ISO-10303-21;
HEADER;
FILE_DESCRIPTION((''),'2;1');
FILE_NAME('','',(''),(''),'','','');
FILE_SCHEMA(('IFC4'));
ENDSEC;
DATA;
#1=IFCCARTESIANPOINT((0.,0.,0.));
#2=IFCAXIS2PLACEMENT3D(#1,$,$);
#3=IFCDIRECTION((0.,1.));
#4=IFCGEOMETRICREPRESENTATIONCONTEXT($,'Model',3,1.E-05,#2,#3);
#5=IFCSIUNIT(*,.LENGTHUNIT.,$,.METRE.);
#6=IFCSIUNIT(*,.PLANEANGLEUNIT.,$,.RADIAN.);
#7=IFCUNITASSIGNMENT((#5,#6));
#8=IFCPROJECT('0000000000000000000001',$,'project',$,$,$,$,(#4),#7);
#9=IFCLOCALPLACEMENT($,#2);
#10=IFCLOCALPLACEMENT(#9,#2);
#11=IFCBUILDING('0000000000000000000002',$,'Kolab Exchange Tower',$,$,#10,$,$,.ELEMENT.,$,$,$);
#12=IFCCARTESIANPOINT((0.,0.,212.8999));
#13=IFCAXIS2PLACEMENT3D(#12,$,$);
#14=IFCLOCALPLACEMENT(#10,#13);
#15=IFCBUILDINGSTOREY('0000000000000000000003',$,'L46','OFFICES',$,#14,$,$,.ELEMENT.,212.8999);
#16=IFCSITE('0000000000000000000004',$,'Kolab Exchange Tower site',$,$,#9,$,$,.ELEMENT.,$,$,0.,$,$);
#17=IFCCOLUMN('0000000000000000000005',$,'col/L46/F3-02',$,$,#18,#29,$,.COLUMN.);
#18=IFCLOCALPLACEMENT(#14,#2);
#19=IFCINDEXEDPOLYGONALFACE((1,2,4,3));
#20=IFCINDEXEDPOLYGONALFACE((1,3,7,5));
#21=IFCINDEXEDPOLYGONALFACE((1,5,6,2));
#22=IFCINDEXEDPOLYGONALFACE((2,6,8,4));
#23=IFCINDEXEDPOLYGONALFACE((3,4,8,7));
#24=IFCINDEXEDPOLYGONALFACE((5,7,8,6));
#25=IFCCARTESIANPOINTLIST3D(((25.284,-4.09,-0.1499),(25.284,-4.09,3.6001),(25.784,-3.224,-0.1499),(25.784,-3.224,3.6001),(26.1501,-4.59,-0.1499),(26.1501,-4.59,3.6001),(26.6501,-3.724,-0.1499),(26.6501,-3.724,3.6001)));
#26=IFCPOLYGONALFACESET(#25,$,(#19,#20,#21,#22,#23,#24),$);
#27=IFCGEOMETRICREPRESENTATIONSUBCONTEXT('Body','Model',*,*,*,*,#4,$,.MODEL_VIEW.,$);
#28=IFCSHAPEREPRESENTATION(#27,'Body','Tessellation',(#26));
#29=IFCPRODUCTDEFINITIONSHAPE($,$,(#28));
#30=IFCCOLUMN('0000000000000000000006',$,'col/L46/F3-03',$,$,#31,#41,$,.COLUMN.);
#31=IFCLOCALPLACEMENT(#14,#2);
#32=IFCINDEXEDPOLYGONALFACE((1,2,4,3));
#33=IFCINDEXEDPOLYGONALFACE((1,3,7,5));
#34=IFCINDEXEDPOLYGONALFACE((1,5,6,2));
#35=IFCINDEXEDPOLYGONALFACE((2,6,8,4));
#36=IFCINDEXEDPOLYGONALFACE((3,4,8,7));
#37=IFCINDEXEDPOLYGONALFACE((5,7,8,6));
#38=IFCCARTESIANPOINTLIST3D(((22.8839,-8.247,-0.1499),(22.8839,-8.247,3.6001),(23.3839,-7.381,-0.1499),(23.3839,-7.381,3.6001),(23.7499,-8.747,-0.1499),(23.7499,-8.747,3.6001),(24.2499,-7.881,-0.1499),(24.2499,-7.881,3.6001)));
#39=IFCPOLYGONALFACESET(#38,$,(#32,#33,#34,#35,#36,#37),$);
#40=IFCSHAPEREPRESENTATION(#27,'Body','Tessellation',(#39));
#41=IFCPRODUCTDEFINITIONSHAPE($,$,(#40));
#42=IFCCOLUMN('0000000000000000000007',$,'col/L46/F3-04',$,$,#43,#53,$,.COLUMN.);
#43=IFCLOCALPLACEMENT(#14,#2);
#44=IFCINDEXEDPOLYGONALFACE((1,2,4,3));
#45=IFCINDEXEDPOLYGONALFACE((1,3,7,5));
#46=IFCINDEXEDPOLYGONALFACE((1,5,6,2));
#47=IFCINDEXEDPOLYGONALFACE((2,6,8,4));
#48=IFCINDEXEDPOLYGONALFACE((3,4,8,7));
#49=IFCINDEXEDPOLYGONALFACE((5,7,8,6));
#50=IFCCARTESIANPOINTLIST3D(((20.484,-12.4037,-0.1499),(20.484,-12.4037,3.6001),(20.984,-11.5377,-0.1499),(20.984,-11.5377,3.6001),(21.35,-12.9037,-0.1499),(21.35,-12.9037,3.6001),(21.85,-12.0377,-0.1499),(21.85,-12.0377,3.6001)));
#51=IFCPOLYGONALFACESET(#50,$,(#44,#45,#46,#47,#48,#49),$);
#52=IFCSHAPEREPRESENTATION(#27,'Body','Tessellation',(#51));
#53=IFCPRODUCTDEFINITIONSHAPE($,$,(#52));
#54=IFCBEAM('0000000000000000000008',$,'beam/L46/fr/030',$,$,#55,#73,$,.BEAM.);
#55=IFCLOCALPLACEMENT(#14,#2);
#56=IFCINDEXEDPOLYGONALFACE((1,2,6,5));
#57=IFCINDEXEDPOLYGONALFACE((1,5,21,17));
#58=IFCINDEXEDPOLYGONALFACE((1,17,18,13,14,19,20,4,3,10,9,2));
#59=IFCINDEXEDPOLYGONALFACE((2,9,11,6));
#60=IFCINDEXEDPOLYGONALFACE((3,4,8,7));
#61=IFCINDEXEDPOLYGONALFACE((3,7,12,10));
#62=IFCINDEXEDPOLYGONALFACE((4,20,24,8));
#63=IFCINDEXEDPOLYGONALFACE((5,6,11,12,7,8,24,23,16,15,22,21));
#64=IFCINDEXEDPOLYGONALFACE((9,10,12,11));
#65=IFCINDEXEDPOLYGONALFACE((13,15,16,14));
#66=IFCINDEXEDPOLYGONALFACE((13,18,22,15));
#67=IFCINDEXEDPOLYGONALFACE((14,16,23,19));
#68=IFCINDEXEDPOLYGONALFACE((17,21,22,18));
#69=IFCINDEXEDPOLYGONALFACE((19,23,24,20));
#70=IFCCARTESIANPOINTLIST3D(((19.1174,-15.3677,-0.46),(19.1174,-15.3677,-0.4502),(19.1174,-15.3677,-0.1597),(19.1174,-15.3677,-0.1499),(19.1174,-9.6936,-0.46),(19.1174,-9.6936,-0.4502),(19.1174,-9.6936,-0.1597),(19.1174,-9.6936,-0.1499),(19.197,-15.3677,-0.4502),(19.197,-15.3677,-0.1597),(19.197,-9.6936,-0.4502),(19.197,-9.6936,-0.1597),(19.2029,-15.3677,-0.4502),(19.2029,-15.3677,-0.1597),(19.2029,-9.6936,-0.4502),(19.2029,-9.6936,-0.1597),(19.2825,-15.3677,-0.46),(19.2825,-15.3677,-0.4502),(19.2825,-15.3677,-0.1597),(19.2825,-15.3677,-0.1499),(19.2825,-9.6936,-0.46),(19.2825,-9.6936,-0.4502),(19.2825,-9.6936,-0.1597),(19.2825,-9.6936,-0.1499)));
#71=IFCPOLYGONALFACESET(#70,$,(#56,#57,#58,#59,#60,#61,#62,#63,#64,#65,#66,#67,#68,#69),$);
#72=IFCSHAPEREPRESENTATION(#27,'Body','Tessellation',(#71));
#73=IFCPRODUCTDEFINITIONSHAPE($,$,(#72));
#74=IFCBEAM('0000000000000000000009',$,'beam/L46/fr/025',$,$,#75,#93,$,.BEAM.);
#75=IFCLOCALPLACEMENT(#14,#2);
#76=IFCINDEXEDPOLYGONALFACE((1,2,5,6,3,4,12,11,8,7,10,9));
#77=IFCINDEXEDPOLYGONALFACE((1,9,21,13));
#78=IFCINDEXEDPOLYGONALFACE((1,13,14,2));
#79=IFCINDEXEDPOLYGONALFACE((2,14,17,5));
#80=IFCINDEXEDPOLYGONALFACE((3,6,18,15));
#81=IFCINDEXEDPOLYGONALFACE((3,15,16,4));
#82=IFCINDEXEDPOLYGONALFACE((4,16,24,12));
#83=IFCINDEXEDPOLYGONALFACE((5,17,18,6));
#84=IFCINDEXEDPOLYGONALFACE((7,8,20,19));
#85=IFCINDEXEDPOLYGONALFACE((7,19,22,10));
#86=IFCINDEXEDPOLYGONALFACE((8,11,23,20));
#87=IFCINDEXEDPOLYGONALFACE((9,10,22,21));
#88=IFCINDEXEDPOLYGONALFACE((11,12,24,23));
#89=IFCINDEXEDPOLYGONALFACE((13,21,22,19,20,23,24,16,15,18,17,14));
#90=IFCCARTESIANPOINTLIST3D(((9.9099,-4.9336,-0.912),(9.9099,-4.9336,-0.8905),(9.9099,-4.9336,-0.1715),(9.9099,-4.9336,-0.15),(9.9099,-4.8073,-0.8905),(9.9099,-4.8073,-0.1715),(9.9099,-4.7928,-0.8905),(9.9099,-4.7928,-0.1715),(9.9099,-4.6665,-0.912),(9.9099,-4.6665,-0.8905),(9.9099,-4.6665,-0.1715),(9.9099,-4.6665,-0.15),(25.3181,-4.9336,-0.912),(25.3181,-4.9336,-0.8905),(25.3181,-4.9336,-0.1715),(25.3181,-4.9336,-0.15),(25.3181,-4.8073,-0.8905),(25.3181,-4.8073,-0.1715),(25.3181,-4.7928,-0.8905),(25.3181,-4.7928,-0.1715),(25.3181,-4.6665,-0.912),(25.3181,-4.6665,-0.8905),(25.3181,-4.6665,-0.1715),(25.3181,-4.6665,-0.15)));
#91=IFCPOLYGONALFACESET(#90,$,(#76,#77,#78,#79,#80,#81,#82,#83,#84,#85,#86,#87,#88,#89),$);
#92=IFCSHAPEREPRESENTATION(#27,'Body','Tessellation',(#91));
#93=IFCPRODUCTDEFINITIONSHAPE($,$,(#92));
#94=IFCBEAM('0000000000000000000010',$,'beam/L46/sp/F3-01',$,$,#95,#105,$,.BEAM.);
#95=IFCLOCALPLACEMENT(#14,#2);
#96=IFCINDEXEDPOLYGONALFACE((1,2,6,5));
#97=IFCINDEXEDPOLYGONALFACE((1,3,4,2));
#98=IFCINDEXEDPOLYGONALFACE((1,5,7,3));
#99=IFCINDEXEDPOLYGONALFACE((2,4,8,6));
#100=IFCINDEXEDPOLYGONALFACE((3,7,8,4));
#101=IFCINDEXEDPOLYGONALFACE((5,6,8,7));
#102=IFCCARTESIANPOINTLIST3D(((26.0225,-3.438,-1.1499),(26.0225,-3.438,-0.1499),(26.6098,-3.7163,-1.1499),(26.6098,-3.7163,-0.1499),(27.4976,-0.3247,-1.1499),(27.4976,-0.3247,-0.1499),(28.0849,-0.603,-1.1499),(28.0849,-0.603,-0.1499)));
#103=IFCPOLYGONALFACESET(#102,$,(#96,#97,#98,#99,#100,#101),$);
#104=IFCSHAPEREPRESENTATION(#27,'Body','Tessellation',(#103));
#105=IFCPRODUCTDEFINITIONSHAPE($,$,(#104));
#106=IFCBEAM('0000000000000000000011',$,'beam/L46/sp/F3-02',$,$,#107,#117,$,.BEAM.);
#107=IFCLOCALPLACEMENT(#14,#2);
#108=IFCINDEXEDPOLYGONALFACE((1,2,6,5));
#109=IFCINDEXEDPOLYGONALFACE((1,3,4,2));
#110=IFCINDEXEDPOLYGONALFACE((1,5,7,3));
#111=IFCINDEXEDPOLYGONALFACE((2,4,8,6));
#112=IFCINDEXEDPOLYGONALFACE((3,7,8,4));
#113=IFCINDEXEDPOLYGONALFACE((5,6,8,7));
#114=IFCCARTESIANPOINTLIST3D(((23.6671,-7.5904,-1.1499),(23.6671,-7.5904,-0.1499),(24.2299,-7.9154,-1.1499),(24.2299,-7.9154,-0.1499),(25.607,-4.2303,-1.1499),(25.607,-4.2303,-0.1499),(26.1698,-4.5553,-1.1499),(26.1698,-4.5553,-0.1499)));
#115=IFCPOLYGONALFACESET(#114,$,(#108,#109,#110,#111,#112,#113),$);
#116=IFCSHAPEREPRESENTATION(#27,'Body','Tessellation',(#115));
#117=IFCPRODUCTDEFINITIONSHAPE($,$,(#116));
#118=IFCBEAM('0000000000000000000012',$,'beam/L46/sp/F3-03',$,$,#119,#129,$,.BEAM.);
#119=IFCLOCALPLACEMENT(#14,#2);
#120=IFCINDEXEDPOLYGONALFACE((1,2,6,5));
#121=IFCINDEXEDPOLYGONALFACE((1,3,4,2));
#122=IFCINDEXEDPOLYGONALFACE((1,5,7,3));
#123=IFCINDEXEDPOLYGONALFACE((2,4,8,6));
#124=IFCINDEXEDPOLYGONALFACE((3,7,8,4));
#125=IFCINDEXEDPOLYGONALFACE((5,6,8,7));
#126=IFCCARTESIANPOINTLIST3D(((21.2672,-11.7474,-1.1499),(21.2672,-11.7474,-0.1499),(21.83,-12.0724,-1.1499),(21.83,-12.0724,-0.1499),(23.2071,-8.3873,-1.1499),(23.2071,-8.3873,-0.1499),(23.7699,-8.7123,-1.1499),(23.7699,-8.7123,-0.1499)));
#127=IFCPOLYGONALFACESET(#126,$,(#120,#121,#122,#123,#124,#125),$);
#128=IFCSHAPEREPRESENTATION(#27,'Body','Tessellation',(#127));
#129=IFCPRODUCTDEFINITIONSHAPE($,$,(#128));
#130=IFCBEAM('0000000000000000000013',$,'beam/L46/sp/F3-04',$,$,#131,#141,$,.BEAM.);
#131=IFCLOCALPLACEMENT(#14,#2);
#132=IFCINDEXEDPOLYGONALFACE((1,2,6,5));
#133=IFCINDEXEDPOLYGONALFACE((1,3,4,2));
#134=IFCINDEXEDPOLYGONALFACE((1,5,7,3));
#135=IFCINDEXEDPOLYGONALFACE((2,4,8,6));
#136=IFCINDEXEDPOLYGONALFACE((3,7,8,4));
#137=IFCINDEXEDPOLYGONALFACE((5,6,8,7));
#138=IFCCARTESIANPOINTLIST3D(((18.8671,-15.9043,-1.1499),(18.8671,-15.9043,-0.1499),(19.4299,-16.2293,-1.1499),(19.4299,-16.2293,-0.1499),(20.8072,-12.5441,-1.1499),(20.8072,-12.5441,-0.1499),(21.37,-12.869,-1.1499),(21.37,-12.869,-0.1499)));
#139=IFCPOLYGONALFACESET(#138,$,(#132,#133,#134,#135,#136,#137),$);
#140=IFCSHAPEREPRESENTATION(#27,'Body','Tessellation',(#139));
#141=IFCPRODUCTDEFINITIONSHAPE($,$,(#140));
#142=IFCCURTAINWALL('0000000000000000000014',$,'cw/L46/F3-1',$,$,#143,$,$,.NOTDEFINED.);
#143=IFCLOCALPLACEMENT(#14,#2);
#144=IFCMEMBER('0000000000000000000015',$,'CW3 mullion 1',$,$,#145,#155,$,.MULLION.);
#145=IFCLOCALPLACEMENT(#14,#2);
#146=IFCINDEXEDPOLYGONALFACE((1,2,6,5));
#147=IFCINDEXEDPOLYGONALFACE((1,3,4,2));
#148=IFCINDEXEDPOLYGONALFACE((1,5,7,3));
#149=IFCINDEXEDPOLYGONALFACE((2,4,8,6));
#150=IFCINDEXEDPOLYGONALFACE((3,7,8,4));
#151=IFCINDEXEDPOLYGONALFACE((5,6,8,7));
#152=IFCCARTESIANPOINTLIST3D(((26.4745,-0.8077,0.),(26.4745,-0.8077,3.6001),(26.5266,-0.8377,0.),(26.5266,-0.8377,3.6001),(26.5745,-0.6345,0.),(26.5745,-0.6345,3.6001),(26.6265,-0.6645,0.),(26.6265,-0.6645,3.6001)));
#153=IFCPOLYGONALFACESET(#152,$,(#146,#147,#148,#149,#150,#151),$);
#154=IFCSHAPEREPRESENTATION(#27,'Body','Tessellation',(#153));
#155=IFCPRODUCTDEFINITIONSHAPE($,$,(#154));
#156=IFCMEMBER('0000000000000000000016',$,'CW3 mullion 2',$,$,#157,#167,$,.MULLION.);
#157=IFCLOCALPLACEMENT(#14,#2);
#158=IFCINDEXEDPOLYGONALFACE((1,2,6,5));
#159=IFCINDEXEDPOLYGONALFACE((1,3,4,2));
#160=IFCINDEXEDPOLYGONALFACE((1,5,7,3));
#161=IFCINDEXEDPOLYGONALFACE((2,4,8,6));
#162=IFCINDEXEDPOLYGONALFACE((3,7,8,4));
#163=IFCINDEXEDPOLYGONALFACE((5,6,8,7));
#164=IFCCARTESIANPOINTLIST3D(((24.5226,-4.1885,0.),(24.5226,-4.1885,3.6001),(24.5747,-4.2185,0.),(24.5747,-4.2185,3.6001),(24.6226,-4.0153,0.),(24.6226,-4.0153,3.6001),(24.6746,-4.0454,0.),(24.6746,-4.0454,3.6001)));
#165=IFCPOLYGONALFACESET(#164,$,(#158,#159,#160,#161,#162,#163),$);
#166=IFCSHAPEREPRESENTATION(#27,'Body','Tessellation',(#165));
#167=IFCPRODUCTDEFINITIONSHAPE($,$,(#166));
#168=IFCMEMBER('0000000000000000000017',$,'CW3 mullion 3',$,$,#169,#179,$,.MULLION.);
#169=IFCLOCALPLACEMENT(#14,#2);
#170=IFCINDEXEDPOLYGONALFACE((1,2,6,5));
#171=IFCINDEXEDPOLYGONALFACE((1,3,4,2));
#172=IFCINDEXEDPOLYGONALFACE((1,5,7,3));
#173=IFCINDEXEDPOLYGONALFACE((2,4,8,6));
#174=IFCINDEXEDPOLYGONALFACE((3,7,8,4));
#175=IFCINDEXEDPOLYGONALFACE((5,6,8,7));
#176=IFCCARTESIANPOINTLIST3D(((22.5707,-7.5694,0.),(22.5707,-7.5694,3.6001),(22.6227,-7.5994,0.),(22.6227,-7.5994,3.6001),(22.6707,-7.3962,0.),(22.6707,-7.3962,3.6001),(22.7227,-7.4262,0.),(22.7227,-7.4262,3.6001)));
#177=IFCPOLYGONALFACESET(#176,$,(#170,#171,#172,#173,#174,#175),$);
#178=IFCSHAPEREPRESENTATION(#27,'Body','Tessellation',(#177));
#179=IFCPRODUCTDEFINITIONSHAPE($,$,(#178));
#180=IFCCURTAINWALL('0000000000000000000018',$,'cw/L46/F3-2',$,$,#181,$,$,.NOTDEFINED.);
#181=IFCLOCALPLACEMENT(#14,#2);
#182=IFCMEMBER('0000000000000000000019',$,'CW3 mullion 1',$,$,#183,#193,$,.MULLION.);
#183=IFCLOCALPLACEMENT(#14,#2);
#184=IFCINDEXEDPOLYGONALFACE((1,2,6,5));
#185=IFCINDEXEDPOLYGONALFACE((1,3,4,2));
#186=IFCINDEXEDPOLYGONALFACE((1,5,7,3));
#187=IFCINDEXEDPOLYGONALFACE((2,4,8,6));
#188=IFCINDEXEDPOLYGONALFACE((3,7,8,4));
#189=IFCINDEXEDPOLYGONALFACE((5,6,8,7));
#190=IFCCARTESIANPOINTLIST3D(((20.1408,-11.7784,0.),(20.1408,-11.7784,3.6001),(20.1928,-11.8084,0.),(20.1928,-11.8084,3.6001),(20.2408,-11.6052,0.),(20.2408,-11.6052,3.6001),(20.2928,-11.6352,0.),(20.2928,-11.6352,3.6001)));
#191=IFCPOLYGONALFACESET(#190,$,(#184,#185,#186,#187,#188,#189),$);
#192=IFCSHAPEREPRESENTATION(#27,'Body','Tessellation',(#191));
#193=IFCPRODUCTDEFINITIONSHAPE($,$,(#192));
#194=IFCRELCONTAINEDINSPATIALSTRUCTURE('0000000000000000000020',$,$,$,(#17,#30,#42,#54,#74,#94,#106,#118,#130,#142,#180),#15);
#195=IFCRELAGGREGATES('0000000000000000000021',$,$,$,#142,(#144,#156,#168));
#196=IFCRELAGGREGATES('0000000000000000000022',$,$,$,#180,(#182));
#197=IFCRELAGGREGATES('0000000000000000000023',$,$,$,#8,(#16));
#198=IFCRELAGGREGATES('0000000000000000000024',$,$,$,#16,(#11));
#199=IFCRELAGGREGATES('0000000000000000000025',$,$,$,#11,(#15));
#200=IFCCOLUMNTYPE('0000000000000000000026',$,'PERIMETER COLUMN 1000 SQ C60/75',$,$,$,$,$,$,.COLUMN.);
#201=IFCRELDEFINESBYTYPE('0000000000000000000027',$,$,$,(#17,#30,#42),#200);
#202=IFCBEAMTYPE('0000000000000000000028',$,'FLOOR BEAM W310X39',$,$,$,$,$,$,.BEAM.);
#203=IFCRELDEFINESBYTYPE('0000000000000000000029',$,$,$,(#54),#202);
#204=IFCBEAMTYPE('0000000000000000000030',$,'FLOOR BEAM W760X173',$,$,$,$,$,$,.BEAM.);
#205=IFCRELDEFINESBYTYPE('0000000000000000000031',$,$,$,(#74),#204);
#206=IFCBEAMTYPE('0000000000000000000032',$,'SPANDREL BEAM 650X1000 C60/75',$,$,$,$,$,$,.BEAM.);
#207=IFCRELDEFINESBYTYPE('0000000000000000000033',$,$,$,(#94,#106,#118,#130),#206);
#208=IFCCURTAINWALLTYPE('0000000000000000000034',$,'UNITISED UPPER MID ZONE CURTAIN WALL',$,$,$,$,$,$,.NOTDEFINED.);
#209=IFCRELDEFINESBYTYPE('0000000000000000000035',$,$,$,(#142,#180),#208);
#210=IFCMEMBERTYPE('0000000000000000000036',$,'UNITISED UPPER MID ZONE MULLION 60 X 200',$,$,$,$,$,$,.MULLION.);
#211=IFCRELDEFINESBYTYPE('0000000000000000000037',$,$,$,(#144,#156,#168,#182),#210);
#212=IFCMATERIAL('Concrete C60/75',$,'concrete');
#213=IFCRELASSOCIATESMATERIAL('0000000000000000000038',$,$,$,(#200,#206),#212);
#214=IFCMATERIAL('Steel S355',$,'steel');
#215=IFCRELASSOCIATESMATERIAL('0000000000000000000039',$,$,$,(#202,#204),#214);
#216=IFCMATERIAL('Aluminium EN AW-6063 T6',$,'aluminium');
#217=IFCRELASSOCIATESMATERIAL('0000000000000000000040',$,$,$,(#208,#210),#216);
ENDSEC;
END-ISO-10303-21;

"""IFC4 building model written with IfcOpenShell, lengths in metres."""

from ifc_helpers import new_model, si_unit, direction, frame, origin, origin_2d, place, context, subcontext, project, spatial, rectangle, i_section, extrude, material, material_profile, profile_set, type_object, element, aggregate, save


model = new_model("IFC4")

# Units and contexts
model_context = context("Model", 3, precision=1e-05, world=origin(), true_north=direction((0.0, 1.0)))
body_context = subcontext(model_context, "Body", "Model", "MODEL_VIEW")
ifc_project = project(units=[si_unit("LENGTHUNIT", "METRE"), si_unit("PLANEANGLEUNIT", "RADIAN")], contexts=[model_context])

# Site, building, storey
site_placement = place(None, origin())
site = spatial("IfcSite", under=ifc_project, at=site_placement, Name="Kolab Exchange Tower site", CompositionType="ELEMENT", RefElevation=0.0)
building_placement = place(site_placement, origin())
building = spatial("IfcBuilding", under=site, at=building_placement, Name="Kolab Exchange Tower", CompositionType="ELEMENT")
storey_placement = place(building_placement, frame((0.0, 0.0, 212.8999)))
storey = spatial("IfcBuildingStorey", under=building, at=storey_placement, Name="L46", Description="OFFICES", CompositionType="ELEMENT", Elevation=212.8999)

# Columns
ifc_material_1 = material(Name="Concrete C60/75", Category="concrete")
ifc_material_profile_1 = material_profile(ifc_material_1, rectangle(XDim=1.0, YDim=1.0, at=origin_2d()), Name="RC1000")
ifc_profile_set_1 = profile_set([ifc_material_profile_1], Name="Concrete C60/75")
column_type = type_object("IfcColumnType", Name="PERIMETER COLUMN 1000 SQ C60/75", PredefinedType="COLUMN", material=ifc_profile_set_1)
for number, where, z_axis, x_axis, name in (
    (1, (25.967, -3.907, -0.1499), (0.0, 0.0, 1.0), (0.5, 0.866025, 0.0), "col/L46/F3-02"),
    (2, (23.5669, -8.064, -0.1499), (0.0, 0.0, 1.0), (0.5, 0.866025, 0.0), "col/L46/F3-03"),
    (3, (21.167, -12.2207, -0.1499), (0.0, 0.0, 1.0), (0.5, 0.866025, 0.0), "col/L46/F3-04"),
):
    element("IfcColumn", number, at=place(storey_placement, frame(where, z_axis=z_axis, x_axis=x_axis)), inside=storey, type_object=column_type, Name=name, PredefinedType="COLUMN", context=body_context, shape_type="SweptSolid", body=[
        extrude(rectangle(XDim=1.0, YDim=1.0, at=origin_2d()), origin(), (0.0, 0.0, 1.0), 3.75),
    ])

# Beams
ifc_material_2 = material(Name="Steel S355", Category="steel")
ifc_material_profile_2 = material_profile(ifc_material_2, i_section(OverallWidth=0.165, OverallDepth=0.3101, WebThickness=0.0059, FlangeThickness=0.0098, at=origin_2d()), Name="W310X39")
ifc_profile_set_2 = profile_set([ifc_material_profile_2], Name="Steel S355")
beam_type_1 = type_object("IfcBeamType", Name="FLOOR BEAM W310X39", PredefinedType="BEAM", material=ifc_profile_set_2)
beam_1_placement = place(storey_placement, frame((19.2, -15.3677, -0.3049), z_axis=(0.0, 1.0, 0.0), x_axis=(-1.0, 0.0, 0.0)))
element("IfcBeam", 4, at=beam_1_placement, inside=storey, type_object=beam_type_1, Name="beam/L46/fr/030", PredefinedType="BEAM", context=body_context, shape_type="SweptSolid", body=[
    extrude(i_section(OverallWidth=0.165, OverallDepth=0.3101, WebThickness=0.0059, FlangeThickness=0.0098, at=origin_2d()), origin(), (0.0, 0.0, 1.0), 5.6741),
])
ifc_material_profile_3 = material_profile(ifc_material_2, i_section(OverallWidth=0.2671, OverallDepth=0.762, WebThickness=0.0144, FlangeThickness=0.0215, at=origin_2d()), Name="W760X173")
ifc_profile_set_3 = profile_set([ifc_material_profile_3], Name="Steel S355")
beam_type_2 = type_object("IfcBeamType", Name="FLOOR BEAM W760X173", PredefinedType="BEAM", material=ifc_profile_set_3)
beam_2_placement = place(storey_placement, frame((9.9099, -4.8, -0.531), z_axis=(1.0, 0.0, 0.0), x_axis=(0.0, 1.0, 0.0)))
element("IfcBeam", 5, at=beam_2_placement, inside=storey, type_object=beam_type_2, Name="beam/L46/fr/025", PredefinedType="BEAM", context=body_context, shape_type="SweptSolid", body=[
    extrude(i_section(OverallWidth=0.2671, OverallDepth=0.762, WebThickness=0.0144, FlangeThickness=0.0215, at=origin_2d()), origin(), (0.0, 0.0, 1.0), 15.4082),
])
ifc_material_profile_4 = material_profile(ifc_material_1, rectangle(XDim=0.6499, YDim=1.0, at=origin_2d()), Name="RC650X1000")
ifc_profile_set_4 = profile_set([ifc_material_profile_4], Name="Concrete C60/75")
beam_type_3 = type_object("IfcBeamType", Name="SPANDREL BEAM 650X1000 C60/75", PredefinedType="BEAM", material=ifc_profile_set_4)
beam_3_placement = place(storey_placement, frame((27.7913, -0.4639, -0.6499), z_axis=(-0.428178, -0.903695, 0.0), x_axis=(0.903695, -0.428178, 0.0)))
element("IfcBeam", 6, at=beam_3_placement, inside=storey, type_object=beam_type_3, Name="beam/L46/sp/F3-01", PredefinedType="BEAM", context=body_context, shape_type="SweptSolid", body=[
    extrude(rectangle(XDim=0.6499, YDim=1.0, at=origin_2d()), origin(), (0.0, 0.0, 1.0), 3.4451),
])
for number, where, z_axis, x_axis, name in (
    (7, (25.8884, -4.3928, -0.6499), (-0.499997, -0.866027, 0.0), (0.866027, -0.499997, 0.0), "beam/L46/sp/F3-02"),
    (8, (23.4885, -8.5498, -0.6499), (-0.499997, -0.866027, 0.0), (0.866027, -0.499997, 0.0), "beam/L46/sp/F3-03"),
):
    element("IfcBeam", number, at=place(storey_placement, frame(where, z_axis=z_axis, x_axis=x_axis)), inside=storey, type_object=beam_type_3, Name=name, PredefinedType="BEAM", context=body_context, shape_type="SweptSolid", body=[
        extrude(rectangle(XDim=0.6499, YDim=1.0, at=origin_2d()), origin(), (0.0, 0.0, 1.0), 3.8799),
    ])
beam_4_placement = place(storey_placement, frame((21.0886, -12.7065, -0.6499), z_axis=(-0.500017, -0.866016, 0.0), x_axis=(0.866016, -0.500017, 0.0)))
element("IfcBeam", 9, at=beam_4_placement, inside=storey, type_object=beam_type_3, Name="beam/L46/sp/F3-04", PredefinedType="BEAM", context=body_context, shape_type="SweptSolid", body=[
    extrude(rectangle(XDim=0.6499, YDim=1.0, at=origin_2d()), origin(), (0.0, 0.0, 1.0), 3.8801),
])

# Curtain walls, members
ifc_material_3 = material(Name="Aluminium EN AW-6063 T6", Category="aluminium")
curtain_wall_type = type_object("IfcCurtainWallType", Name="UNITISED UPPER MID ZONE CURTAIN WALL", PredefinedType="NOTDEFINED", material=ifc_material_3)
curtain_wall_1_placement = place(storey_placement, origin())
curtain_wall_1 = element("IfcCurtainWall", 10, at=curtain_wall_1_placement, inside=storey, type_object=curtain_wall_type, Name="cw/L46/F3-1", PredefinedType="NOTDEFINED")
ifc_material_profile_5 = material_profile(ifc_material_3, rectangle(XDim=0.0601, YDim=0.2, at=origin_2d()), Name="RECT 60X200")
ifc_profile_set_5 = profile_set([ifc_material_profile_5], Name="Aluminium EN AW-6063 T6")
member_type_1 = type_object("IfcMemberType", Name="UNITISED UPPER MID ZONE MULLION 60 X 200", PredefinedType="MULLION", material=ifc_profile_set_5)
member_1_placement = place(storey_placement, frame((26.5505, -0.7361, 0.0), z_axis=(0.0, 0.0, 1.0), x_axis=(0.866025, -0.5, 0.0)))
member_1 = element("IfcMember", 11, at=member_1_placement, type_object=member_type_1, Name="CW3 mullion 1", PredefinedType="MULLION", context=body_context, shape_type="SweptSolid", body=[
    extrude(rectangle(XDim=0.0601, YDim=0.2, at=origin_2d()), origin(), (0.0, 0.0, 1.0), 3.6001),
])
member_2_placement = place(storey_placement, frame((24.5986, -4.1169, 0.0), z_axis=(0.0, 0.0, 1.0), x_axis=(0.866025, -0.5, 0.0)))
member_2 = element("IfcMember", 12, at=member_2_placement, type_object=member_type_1, Name="CW3 mullion 2", PredefinedType="MULLION", context=body_context, shape_type="SweptSolid", body=[
    extrude(rectangle(XDim=0.0601, YDim=0.2, at=origin_2d()), origin(), (0.0, 0.0, 1.0), 3.6001),
])
member_3_placement = place(storey_placement, frame((22.6467, -7.4978, 0.0), z_axis=(0.0, 0.0, 1.0), x_axis=(0.866025, -0.5, 0.0)))
member_3 = element("IfcMember", 13, at=member_3_placement, type_object=member_type_1, Name="CW3 mullion 3", PredefinedType="MULLION", context=body_context, shape_type="SweptSolid", body=[
    extrude(rectangle(XDim=0.0601, YDim=0.2, at=origin_2d()), origin(), (0.0, 0.0, 1.0), 3.6001),
])
curtain_wall_2_placement = place(storey_placement, origin())
curtain_wall_2 = element("IfcCurtainWall", 14, at=curtain_wall_2_placement, inside=storey, type_object=curtain_wall_type, Name="cw/L46/F3-2", PredefinedType="NOTDEFINED")
member_4_placement = place(storey_placement, frame((20.2168, -11.7068, 0.0), z_axis=(0.0, 0.0, 1.0), x_axis=(0.866025, -0.5, 0.0)))
member_4 = element("IfcMember", 15, at=member_4_placement, type_object=member_type_1, Name="CW3 mullion 1", PredefinedType="MULLION", context=body_context, shape_type="SweptSolid", body=[
    extrude(rectangle(XDim=0.0601, YDim=0.2, at=origin_2d()), origin(), (0.0, 0.0, 1.0), 3.6001),
])

aggregate(curtain_wall_1, [member_1, member_2, member_3])
aggregate(curtain_wall_2, [member_4])

save(model, "model.ifc")
